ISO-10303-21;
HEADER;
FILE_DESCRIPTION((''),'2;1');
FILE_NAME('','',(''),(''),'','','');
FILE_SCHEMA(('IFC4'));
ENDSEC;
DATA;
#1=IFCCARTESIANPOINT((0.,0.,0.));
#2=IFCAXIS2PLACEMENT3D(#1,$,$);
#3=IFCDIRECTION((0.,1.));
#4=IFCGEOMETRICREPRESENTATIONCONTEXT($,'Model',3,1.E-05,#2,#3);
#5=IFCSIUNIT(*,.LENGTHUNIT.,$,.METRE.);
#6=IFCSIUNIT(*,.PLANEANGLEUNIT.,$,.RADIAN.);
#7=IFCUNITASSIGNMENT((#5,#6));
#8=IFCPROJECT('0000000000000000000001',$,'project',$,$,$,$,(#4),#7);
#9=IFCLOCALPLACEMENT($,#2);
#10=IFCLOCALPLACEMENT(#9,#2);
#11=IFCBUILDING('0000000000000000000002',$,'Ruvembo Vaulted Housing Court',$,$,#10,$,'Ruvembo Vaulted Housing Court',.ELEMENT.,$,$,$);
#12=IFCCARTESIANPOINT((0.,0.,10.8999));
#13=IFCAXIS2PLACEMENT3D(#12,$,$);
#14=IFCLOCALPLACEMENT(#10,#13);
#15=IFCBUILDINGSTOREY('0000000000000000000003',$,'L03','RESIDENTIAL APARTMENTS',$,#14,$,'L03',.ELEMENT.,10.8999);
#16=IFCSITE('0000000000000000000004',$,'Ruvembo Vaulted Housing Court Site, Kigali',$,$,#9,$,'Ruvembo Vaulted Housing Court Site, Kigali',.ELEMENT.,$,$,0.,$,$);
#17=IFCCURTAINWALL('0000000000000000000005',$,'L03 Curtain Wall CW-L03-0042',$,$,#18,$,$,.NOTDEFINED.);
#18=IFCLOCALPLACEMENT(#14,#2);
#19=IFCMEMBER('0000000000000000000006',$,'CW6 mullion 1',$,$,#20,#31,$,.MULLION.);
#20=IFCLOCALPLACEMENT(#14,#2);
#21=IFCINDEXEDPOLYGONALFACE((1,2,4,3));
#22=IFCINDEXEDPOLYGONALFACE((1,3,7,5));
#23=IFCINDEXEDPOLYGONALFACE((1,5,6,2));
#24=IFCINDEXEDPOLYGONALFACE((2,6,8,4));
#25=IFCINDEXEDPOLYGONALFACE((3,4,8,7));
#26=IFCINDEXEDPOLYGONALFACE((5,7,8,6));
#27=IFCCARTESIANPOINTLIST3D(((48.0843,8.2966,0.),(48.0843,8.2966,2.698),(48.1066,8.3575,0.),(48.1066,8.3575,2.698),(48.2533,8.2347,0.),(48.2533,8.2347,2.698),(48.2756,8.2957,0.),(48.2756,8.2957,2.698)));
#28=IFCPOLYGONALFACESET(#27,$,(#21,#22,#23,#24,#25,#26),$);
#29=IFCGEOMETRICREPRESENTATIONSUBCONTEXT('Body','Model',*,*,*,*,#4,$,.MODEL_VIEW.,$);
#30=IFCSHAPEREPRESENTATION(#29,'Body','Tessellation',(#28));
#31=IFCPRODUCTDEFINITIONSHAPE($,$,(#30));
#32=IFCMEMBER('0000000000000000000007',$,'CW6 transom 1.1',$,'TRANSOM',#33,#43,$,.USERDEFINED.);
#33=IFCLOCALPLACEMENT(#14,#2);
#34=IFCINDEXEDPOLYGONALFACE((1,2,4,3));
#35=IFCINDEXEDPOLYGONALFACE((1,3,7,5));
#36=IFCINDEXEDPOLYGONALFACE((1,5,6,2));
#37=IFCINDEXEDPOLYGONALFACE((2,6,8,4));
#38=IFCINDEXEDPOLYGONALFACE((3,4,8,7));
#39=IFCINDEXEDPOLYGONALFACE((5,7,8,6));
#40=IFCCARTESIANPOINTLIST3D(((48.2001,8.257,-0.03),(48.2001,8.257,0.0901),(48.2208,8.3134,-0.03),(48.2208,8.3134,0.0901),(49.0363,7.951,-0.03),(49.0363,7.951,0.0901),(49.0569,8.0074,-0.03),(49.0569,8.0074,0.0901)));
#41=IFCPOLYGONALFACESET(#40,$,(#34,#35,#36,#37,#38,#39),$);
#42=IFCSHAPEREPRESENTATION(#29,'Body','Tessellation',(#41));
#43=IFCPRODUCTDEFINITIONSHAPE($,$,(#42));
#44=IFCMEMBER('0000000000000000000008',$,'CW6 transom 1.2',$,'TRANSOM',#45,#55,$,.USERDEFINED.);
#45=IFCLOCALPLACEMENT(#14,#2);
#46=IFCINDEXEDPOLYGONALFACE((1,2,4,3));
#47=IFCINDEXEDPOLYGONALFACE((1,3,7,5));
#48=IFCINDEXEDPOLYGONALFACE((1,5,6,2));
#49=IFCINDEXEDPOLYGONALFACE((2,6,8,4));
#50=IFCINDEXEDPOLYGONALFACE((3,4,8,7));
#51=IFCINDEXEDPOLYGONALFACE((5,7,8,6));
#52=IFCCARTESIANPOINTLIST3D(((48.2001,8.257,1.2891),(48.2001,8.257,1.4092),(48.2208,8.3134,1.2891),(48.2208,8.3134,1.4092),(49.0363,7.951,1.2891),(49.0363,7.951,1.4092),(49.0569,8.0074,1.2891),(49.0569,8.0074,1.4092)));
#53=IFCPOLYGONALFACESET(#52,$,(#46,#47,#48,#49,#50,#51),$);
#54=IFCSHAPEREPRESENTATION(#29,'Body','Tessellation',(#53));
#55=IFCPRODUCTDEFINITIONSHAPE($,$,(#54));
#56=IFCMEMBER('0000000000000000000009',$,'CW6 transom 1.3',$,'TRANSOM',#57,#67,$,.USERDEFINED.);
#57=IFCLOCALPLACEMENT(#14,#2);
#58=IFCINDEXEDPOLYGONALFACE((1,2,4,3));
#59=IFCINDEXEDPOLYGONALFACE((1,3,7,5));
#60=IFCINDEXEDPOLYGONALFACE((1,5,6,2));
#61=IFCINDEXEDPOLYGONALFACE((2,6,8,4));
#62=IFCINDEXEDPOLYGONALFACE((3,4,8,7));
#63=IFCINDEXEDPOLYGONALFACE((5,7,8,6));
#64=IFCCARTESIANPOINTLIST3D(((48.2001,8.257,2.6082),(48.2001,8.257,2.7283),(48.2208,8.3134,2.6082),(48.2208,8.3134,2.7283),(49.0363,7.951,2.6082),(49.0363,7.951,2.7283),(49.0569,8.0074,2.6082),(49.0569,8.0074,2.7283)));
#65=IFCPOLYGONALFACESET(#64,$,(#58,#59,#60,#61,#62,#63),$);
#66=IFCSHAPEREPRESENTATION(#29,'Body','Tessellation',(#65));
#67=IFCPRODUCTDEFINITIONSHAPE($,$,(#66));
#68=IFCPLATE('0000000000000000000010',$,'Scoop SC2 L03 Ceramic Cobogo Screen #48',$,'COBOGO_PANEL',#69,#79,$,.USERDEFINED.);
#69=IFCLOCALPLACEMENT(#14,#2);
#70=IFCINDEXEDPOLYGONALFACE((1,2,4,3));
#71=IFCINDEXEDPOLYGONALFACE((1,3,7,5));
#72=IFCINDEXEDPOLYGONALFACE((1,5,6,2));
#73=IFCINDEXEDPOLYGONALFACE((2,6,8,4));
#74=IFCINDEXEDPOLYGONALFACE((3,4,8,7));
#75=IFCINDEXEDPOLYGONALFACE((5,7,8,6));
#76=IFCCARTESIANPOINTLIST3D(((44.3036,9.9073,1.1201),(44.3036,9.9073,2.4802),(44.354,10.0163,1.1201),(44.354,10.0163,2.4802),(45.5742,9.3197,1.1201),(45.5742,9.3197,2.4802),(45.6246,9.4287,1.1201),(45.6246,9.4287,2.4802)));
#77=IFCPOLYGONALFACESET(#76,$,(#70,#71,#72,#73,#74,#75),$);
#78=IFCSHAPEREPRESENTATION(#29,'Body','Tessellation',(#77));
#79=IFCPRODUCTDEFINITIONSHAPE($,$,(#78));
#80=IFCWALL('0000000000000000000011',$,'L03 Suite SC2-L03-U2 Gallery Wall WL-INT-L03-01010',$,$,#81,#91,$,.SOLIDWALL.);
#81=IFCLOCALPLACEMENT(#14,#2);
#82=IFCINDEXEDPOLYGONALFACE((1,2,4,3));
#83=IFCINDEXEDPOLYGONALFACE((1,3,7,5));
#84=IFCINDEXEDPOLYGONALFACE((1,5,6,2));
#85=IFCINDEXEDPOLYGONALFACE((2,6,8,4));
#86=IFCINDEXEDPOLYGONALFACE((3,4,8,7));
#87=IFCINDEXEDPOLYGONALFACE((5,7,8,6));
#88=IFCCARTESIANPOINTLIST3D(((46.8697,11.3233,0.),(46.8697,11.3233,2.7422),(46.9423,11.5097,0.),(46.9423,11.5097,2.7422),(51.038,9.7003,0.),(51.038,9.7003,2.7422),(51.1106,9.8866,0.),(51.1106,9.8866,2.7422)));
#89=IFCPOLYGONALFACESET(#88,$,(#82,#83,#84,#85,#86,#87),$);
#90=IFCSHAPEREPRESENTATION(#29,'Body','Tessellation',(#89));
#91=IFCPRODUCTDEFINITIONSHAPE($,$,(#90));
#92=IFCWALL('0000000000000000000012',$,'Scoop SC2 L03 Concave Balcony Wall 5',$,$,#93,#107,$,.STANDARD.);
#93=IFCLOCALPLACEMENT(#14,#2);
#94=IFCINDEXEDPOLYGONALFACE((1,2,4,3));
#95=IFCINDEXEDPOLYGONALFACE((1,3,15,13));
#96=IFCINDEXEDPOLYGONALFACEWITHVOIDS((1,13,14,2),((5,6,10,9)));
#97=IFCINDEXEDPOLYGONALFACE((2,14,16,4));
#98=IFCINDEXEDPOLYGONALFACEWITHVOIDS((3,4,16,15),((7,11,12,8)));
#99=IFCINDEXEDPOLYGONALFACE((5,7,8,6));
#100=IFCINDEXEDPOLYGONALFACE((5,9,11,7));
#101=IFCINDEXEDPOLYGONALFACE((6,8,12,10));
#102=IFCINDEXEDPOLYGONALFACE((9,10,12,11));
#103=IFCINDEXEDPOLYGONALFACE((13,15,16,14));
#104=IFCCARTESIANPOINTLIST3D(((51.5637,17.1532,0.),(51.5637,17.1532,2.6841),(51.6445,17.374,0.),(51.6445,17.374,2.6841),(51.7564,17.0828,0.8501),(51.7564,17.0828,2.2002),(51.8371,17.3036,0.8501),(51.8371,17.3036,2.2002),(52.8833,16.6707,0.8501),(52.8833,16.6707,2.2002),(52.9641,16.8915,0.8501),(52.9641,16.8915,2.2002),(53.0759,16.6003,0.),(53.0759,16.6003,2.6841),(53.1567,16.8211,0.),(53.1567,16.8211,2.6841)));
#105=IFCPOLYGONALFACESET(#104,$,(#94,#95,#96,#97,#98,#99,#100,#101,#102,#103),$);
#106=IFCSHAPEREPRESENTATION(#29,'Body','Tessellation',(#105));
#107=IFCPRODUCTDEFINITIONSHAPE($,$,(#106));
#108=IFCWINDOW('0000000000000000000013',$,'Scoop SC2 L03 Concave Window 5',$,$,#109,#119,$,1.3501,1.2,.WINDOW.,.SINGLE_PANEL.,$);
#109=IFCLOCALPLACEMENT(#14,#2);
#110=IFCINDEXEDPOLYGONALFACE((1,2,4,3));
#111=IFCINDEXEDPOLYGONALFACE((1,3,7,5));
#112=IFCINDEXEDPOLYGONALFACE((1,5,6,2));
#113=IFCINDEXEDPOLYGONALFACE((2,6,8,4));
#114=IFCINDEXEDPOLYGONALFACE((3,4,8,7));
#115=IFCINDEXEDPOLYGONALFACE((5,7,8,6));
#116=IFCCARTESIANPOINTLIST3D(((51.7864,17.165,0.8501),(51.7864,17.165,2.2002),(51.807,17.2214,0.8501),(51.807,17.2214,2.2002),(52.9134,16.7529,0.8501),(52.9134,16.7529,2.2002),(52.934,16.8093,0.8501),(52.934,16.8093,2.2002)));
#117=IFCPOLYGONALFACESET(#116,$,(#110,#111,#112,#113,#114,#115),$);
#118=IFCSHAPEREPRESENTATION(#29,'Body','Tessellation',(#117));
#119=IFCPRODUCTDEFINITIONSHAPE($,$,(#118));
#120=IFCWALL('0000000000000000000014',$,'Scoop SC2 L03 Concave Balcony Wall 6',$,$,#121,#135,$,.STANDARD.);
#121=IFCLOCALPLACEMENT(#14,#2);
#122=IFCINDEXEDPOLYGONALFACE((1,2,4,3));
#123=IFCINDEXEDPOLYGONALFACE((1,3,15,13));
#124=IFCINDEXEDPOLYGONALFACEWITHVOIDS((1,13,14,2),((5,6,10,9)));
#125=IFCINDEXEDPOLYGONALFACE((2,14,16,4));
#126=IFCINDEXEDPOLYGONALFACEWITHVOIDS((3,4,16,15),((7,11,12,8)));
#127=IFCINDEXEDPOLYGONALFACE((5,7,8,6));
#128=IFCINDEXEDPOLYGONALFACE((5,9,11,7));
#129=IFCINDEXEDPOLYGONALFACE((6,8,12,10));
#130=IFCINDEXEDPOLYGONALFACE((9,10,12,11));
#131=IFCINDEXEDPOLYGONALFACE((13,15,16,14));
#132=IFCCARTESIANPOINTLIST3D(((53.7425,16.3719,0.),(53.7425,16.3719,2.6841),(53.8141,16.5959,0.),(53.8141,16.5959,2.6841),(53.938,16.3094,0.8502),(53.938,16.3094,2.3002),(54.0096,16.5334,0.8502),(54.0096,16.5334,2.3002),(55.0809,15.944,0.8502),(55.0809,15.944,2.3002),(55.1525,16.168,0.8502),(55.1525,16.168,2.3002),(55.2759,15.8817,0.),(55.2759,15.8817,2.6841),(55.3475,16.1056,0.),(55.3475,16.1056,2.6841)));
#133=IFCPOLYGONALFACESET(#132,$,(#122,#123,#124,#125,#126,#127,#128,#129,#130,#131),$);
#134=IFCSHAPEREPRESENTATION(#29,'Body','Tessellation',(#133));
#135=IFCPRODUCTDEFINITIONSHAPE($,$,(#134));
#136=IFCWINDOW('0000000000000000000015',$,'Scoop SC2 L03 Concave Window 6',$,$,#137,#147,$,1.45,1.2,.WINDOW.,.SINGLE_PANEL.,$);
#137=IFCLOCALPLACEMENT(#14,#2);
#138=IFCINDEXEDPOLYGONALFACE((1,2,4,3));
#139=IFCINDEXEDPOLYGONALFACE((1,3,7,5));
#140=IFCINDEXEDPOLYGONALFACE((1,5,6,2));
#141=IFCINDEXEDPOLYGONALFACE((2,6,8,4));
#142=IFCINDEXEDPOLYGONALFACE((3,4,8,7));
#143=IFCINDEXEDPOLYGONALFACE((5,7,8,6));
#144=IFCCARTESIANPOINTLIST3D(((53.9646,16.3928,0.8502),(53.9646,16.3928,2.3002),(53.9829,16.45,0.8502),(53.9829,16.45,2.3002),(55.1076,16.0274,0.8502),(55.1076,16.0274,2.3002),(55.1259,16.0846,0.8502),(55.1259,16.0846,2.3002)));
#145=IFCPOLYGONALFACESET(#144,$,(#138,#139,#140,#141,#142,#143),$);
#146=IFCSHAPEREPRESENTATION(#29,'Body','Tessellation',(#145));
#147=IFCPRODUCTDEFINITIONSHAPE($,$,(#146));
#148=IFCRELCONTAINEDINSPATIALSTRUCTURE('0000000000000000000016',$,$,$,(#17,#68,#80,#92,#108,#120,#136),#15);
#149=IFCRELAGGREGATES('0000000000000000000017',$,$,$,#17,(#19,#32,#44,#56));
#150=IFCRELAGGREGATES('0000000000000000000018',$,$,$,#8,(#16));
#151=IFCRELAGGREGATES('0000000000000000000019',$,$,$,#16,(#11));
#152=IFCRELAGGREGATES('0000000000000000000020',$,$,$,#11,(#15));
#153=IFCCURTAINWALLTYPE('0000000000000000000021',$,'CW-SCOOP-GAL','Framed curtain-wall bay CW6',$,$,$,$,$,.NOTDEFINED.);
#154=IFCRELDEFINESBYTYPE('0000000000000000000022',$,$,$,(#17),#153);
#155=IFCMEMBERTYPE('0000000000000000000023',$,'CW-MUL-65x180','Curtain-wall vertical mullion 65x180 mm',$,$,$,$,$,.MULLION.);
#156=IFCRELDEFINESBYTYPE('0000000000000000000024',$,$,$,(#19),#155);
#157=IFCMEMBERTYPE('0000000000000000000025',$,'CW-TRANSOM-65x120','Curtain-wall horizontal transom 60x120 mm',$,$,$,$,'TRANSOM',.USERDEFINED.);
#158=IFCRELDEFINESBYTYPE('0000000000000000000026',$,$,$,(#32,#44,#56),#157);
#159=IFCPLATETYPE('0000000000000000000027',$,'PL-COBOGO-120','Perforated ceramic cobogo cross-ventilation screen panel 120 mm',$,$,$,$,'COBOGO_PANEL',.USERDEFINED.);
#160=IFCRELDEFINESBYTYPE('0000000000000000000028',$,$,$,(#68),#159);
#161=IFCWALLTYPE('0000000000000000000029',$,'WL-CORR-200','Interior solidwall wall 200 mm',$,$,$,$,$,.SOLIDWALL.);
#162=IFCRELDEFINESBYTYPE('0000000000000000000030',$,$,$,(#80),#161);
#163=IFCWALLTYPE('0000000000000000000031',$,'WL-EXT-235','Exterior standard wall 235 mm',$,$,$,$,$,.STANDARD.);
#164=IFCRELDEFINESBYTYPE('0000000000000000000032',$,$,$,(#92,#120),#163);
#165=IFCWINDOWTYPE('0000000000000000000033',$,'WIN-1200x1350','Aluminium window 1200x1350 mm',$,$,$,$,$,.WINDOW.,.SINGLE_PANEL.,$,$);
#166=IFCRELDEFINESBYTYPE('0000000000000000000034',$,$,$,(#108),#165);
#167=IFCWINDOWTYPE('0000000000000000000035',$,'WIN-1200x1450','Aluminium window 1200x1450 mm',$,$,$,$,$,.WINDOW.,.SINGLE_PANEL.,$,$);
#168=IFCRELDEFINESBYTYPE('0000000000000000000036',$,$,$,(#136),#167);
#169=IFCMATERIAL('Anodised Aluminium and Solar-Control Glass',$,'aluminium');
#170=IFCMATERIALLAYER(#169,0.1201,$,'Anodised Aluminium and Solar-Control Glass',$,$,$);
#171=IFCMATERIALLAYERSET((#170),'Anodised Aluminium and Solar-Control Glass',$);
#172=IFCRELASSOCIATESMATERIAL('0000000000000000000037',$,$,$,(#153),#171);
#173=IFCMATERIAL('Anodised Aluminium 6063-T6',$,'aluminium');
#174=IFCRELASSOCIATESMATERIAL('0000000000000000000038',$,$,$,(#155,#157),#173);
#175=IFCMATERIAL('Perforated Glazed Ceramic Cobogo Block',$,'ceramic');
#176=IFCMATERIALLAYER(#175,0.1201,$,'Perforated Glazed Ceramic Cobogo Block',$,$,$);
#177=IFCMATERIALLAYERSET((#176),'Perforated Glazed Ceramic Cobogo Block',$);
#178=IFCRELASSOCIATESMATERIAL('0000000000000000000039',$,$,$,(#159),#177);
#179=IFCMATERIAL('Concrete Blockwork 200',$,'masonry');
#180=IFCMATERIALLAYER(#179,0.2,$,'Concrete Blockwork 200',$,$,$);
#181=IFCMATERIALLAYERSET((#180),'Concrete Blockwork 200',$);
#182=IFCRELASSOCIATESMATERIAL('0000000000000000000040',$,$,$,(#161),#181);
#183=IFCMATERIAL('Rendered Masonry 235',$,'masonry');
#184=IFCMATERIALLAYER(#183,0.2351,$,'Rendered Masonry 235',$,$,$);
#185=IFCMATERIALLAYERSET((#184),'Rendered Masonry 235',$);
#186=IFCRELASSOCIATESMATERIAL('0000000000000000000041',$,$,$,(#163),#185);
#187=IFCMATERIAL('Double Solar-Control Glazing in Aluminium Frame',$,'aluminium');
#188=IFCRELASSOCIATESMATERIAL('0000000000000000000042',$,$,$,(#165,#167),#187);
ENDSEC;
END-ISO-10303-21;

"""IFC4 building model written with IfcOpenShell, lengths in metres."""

from ifc_helpers import new_model, si_unit, direction, frame, frame_2d, origin, origin_2d, place, context, subcontext, project, spatial, rectangle, extrude, material, layer, layer_set, material_profile, profile_set, type_object, element, fill, aggregate, save


model = new_model("IFC4")

# Units and contexts
model_context = context("Model", 3, precision=1e-05, world=origin(), true_north=direction((0.0, 1.0)))
body_context = subcontext(model_context, "Body", "Model", "MODEL_VIEW")
ifc_project = project(units=[si_unit("LENGTHUNIT", "METRE"), si_unit("PLANEANGLEUNIT", "RADIAN")], contexts=[model_context])

# Site, building, storey
site_placement = place(None, origin())
site = spatial("IfcSite", under=ifc_project, at=site_placement, Name="Ruvembo Vaulted Housing Court Site, Kigali", LongName="Ruvembo Vaulted Housing Court Site, Kigali", CompositionType="ELEMENT", RefElevation=0.0)
building_placement = place(site_placement, origin())
building = spatial("IfcBuilding", under=site, at=building_placement, Name="Ruvembo Vaulted Housing Court", LongName="Ruvembo Vaulted Housing Court", CompositionType="ELEMENT")
storey_placement = place(building_placement, frame((0.0, 0.0, 10.8999)))
storey = spatial("IfcBuildingStorey", under=building, at=storey_placement, Name="L03", Description="RESIDENTIAL APARTMENTS", LongName="L03", CompositionType="ELEMENT", Elevation=10.8999)

# Curtain wall, members
ifc_material_1 = material(Name="Anodised Aluminium and Solar-Control Glass", Category="aluminium")
ifc_layer_1 = layer(ifc_material_1, 0.1201, Name="Anodised Aluminium and Solar-Control Glass")
ifc_layer_set_1 = layer_set([ifc_layer_1], Name="Anodised Aluminium and Solar-Control Glass")
curtain_wall_type = type_object("IfcCurtainWallType", Name="CW-SCOOP-GAL", Description="Framed curtain-wall bay CW6", PredefinedType="NOTDEFINED", material=ifc_layer_set_1)
curtain_wall_placement = place(storey_placement, origin())
curtain_wall = element("IfcCurtainWall", 1, at=curtain_wall_placement, inside=storey, type_object=curtain_wall_type, Name="L03 Curtain Wall CW-L03-0042", PredefinedType="NOTDEFINED")
ifc_material_2 = material(Name="Anodised Aluminium 6063-T6", Category="aluminium")
ifc_material_profile_1 = material_profile(ifc_material_2, rectangle(XDim=0.0649, YDim=0.1799, at=origin_2d()), Name="ALU 65x180")
ifc_profile_set_1 = profile_set([ifc_material_profile_1], Name="Anodised Aluminium 6063-T6")
member_type_1 = type_object("IfcMemberType", Name="CW-MUL-65x180", Description="Curtain-wall vertical mullion 65x180 mm", PredefinedType="MULLION", material=ifc_profile_set_1)
member_1_placement = place(storey_placement, frame((48.1799, 8.2961, 0.0), z_axis=(0.0, 0.0, 1.0), x_axis=(0.34353, 0.939142, 0.0)))
member_1 = element("IfcMember", 2, at=member_1_placement, type_object=member_type_1, Name="CW6 mullion 1", PredefinedType="MULLION", context=body_context, shape_type="SweptSolid", body=[
    extrude(rectangle(XDim=0.0649, YDim=0.1799, at=origin_2d()), origin(), (0.0, 0.0, 1.0), 2.698),
])
ifc_material_profile_2 = material_profile(ifc_material_2, rectangle(XDim=0.0601, YDim=0.1201, at=origin_2d()), Name="ALU 60x120")
ifc_profile_set_2 = profile_set([ifc_material_profile_2], Name="Anodised Aluminium 6063-T6")
member_type_2 = type_object("IfcMemberType", Name="CW-TRANSOM-65x120", Description="Curtain-wall horizontal transom 60x120 mm", ElementType="TRANSOM", PredefinedType="USERDEFINED", material=ifc_profile_set_2)
member_2_placement = place(storey_placement, frame((48.2104, 8.2852, 0.03), z_axis=(0.939127, -0.34357, 0.0), x_axis=(0.34357, 0.939127, 0.0)))
member_2 = element("IfcMember", 3, at=member_2_placement, type_object=member_type_2, Name="CW6 transom 1.1", ObjectType="TRANSOM", PredefinedType="USERDEFINED", context=body_context, shape_type="SweptSolid", body=[
    extrude(rectangle(XDim=0.0601, YDim=0.1201, at=origin_2d()), origin(), (0.0, 0.0, 1.0), 0.8904),
])
member_3_placement = place(storey_placement, frame((48.2104, 8.2852, 1.3491), z_axis=(0.939127, -0.34357, 0.0), x_axis=(0.34357, 0.939127, 0.0)))
member_3 = element("IfcMember", 4, at=member_3_placement, type_object=member_type_2, Name="CW6 transom 1.2", ObjectType="TRANSOM", PredefinedType="USERDEFINED", context=body_context, shape_type="SweptSolid", body=[
    extrude(rectangle(XDim=0.0601, YDim=0.1201, at=origin_2d()), origin(), (0.0, 0.0, 1.0), 0.8904),
])
member_4_placement = place(storey_placement, frame((48.2104, 8.2852, 2.6682), z_axis=(0.939127, -0.34357, 0.0), x_axis=(0.34357, 0.939127, 0.0)))
member_4 = element("IfcMember", 5, at=member_4_placement, type_object=member_type_2, Name="CW6 transom 1.3", ObjectType="TRANSOM", PredefinedType="USERDEFINED", context=body_context, shape_type="SweptSolid", body=[
    extrude(rectangle(XDim=0.0601, YDim=0.1201, at=origin_2d()), origin(), (0.0, 0.0, 1.0), 0.8904),
])
aggregate(curtain_wall, [member_1, member_2, member_3, member_4])

# Plate
ifc_material_3 = material(Name="Perforated Glazed Ceramic Cobogo Block", Category="ceramic")
ifc_layer_2 = layer(ifc_material_3, 0.1201, Name="Perforated Glazed Ceramic Cobogo Block")
ifc_layer_set_2 = layer_set([ifc_layer_2], Name="Perforated Glazed Ceramic Cobogo Block")
plate_type = type_object("IfcPlateType", Name="PL-COBOGO-120", Description="Perforated ceramic cobogo cross-ventilation screen panel 120 mm", ElementType="COBOGO_PANEL", PredefinedType="USERDEFINED", material=ifc_layer_set_2)
plate_placement = place(storey_placement, frame((44.9641, 9.668, 1.1201), z_axis=(0.0, 0.0, 1.0), x_axis=(0.907646, -0.419737, 0.0)))
element("IfcPlate", 6, at=plate_placement, inside=storey, type_object=plate_type, Name="Scoop SC2 L03 Ceramic Cobogo Screen #48", ObjectType="COBOGO_PANEL", PredefinedType="USERDEFINED", context=body_context, shape_type="SweptSolid", body=[
    extrude(rectangle(XDim=1.3999, YDim=0.1201, at=origin_2d()), origin(), (0.0, 0.0, 1.0), 1.3601),
])

# Wall
ifc_material_4 = material(Name="Concrete Blockwork 200", Category="masonry")
ifc_layer_3 = layer(ifc_material_4, 0.2, Name="Concrete Blockwork 200")
ifc_layer_set_3 = layer_set([ifc_layer_3], Name="Concrete Blockwork 200")
wall_type_1 = type_object("IfcWallType", Name="WL-CORR-200", Description="Interior solidwall wall 200 mm", PredefinedType="SOLIDWALL", material=ifc_layer_set_3)
wall_1_placement = place(storey_placement, frame((46.906, 11.4165, 0.0), z_axis=(0.0, 0.0, 1.0), x_axis=(0.931848, -0.362849, 0.0)))
element("IfcWall", 7, at=wall_1_placement, inside=storey, type_object=wall_type_1, Name="L03 Suite SC2-L03-U2 Gallery Wall WL-INT-L03-01010", PredefinedType="SOLIDWALL", context=body_context, shape_type="SweptSolid", body=[
    extrude(rectangle(XDim=4.4731, YDim=0.2, at=frame_2d((2.2366, 0.0))), origin(), (0.0, 0.0, 1.0), 2.7422),
])

# Walls, openings, windows
ifc_material_5 = material(Name="Rendered Masonry 235", Category="masonry")
ifc_layer_4 = layer(ifc_material_5, 0.2351, Name="Rendered Masonry 235")
ifc_layer_set_4 = layer_set([ifc_layer_4], Name="Rendered Masonry 235")
wall_type_2 = type_object("IfcWallType", Name="WL-EXT-235", Description="Exterior standard wall 235 mm", PredefinedType="STANDARD", material=ifc_layer_set_4)
wall_2_placement = place(storey_placement, frame((51.604, 17.2637, 0.0), z_axis=(0.0, 0.0, 1.0), x_axis=(0.939177, -0.343435, 0.0)))
wall_2 = element("IfcWall", 8, at=wall_2_placement, inside=storey, type_object=wall_type_2, Name="Scoop SC2 L03 Concave Balcony Wall 5", PredefinedType="STANDARD", context=body_context, shape_type="SweptSolid", body=[
    extrude(rectangle(XDim=1.6101, YDim=0.2351, at=frame_2d((0.8052, 0.0))), origin(), (0.0, 0.0, 1.0), 2.6841),
])
opening_1_placement = place(wall_2_placement, frame((0.2051, 0.0, 0.8501)))
opening_1 = element("IfcOpeningElement", 9, at=opening_1_placement, cuts=wall_2, PredefinedType="OPENING", context=body_context, shape_type="SweptSolid", body=[
    extrude(rectangle(XDim=1.2, YDim=1.3501, at=frame_2d((0.6001, 0.675))), frame((0.0, 0.1274, 0.0), z_axis=(0.0, -1.0, 0.0), x_axis=(1.0, 0.0, 0.0)), (0.0, 0.0, 1.0), 0.2551),
])
ifc_material_6 = material(Name="Double Solar-Control Glazing in Aluminium Frame", Category="aluminium")
window_type_1 = type_object("IfcWindowType", Name="WIN-1200x1350", Description="Aluminium window 1200x1350 mm", PartitioningType="SINGLE_PANEL", PredefinedType="WINDOW", material=ifc_material_6)
window_1_placement = place(opening_1_placement, origin())
window_1 = element("IfcWindow", 10, at=window_1_placement, inside=storey, type_object=window_type_1, Name="Scoop SC2 L03 Concave Window 5", OverallHeight=1.3501, OverallWidth=1.2, PartitioningType="SINGLE_PANEL", PredefinedType="WINDOW", context=body_context, shape_type="SweptSolid", body=[
    extrude(rectangle(XDim=1.2, YDim=1.3501, at=frame_2d((0.6001, 0.675))), frame((0.0, 0.03, 0.0), z_axis=(0.0, -1.0, 0.0), x_axis=(1.0, 0.0, 0.0)), (0.0, 0.0, 1.0), 0.0601),
])
fill(opening_1, window_1)
wall_3_placement = place(storey_placement, frame((53.7783, 16.4839, 0.0), z_axis=(0.0, 0.0, 1.0), x_axis=(0.952509, -0.304512, 0.0)))
wall_3 = element("IfcWall", 11, at=wall_3_placement, inside=storey, type_object=wall_type_2, Name="Scoop SC2 L03 Concave Balcony Wall 6", PredefinedType="STANDARD", context=body_context, shape_type="SweptSolid", body=[
    extrude(rectangle(XDim=1.6099, YDim=0.2351, at=frame_2d((0.8049, 0.0))), origin(), (0.0, 0.0, 1.0), 2.6841),
])
opening_2_placement = place(wall_3_placement, frame((0.2051, 0.0, 0.8501)))
opening_2 = element("IfcOpeningElement", 12, at=opening_2_placement, cuts=wall_3, PredefinedType="OPENING", context=body_context, shape_type="SweptSolid", body=[
    extrude(rectangle(XDim=1.2, YDim=1.45, at=frame_2d((0.6001, 0.7251))), frame((0.0, 0.1274, 0.0), z_axis=(0.0, -1.0, 0.0), x_axis=(1.0, 0.0, 0.0)), (0.0, 0.0, 1.0), 0.2551),
])
window_type_2 = type_object("IfcWindowType", Name="WIN-1200x1450", Description="Aluminium window 1200x1450 mm", PartitioningType="SINGLE_PANEL", PredefinedType="WINDOW", material=ifc_material_6)
window_2_placement = place(opening_2_placement, origin())
window_2 = element("IfcWindow", 13, at=window_2_placement, inside=storey, type_object=window_type_2, Name="Scoop SC2 L03 Concave Window 6", OverallHeight=1.45, OverallWidth=1.2, PartitioningType="SINGLE_PANEL", PredefinedType="WINDOW", context=body_context, shape_type="SweptSolid", body=[
    extrude(rectangle(XDim=1.2, YDim=1.45, at=frame_2d((0.6001, 0.7251))), frame((0.0, 0.03, 0.0), z_axis=(0.0, -1.0, 0.0), x_axis=(1.0, 0.0, 0.0)), (0.0, 0.0, 1.0), 0.0601),
])
fill(opening_2, window_2)

save(model, "model.ifc")
